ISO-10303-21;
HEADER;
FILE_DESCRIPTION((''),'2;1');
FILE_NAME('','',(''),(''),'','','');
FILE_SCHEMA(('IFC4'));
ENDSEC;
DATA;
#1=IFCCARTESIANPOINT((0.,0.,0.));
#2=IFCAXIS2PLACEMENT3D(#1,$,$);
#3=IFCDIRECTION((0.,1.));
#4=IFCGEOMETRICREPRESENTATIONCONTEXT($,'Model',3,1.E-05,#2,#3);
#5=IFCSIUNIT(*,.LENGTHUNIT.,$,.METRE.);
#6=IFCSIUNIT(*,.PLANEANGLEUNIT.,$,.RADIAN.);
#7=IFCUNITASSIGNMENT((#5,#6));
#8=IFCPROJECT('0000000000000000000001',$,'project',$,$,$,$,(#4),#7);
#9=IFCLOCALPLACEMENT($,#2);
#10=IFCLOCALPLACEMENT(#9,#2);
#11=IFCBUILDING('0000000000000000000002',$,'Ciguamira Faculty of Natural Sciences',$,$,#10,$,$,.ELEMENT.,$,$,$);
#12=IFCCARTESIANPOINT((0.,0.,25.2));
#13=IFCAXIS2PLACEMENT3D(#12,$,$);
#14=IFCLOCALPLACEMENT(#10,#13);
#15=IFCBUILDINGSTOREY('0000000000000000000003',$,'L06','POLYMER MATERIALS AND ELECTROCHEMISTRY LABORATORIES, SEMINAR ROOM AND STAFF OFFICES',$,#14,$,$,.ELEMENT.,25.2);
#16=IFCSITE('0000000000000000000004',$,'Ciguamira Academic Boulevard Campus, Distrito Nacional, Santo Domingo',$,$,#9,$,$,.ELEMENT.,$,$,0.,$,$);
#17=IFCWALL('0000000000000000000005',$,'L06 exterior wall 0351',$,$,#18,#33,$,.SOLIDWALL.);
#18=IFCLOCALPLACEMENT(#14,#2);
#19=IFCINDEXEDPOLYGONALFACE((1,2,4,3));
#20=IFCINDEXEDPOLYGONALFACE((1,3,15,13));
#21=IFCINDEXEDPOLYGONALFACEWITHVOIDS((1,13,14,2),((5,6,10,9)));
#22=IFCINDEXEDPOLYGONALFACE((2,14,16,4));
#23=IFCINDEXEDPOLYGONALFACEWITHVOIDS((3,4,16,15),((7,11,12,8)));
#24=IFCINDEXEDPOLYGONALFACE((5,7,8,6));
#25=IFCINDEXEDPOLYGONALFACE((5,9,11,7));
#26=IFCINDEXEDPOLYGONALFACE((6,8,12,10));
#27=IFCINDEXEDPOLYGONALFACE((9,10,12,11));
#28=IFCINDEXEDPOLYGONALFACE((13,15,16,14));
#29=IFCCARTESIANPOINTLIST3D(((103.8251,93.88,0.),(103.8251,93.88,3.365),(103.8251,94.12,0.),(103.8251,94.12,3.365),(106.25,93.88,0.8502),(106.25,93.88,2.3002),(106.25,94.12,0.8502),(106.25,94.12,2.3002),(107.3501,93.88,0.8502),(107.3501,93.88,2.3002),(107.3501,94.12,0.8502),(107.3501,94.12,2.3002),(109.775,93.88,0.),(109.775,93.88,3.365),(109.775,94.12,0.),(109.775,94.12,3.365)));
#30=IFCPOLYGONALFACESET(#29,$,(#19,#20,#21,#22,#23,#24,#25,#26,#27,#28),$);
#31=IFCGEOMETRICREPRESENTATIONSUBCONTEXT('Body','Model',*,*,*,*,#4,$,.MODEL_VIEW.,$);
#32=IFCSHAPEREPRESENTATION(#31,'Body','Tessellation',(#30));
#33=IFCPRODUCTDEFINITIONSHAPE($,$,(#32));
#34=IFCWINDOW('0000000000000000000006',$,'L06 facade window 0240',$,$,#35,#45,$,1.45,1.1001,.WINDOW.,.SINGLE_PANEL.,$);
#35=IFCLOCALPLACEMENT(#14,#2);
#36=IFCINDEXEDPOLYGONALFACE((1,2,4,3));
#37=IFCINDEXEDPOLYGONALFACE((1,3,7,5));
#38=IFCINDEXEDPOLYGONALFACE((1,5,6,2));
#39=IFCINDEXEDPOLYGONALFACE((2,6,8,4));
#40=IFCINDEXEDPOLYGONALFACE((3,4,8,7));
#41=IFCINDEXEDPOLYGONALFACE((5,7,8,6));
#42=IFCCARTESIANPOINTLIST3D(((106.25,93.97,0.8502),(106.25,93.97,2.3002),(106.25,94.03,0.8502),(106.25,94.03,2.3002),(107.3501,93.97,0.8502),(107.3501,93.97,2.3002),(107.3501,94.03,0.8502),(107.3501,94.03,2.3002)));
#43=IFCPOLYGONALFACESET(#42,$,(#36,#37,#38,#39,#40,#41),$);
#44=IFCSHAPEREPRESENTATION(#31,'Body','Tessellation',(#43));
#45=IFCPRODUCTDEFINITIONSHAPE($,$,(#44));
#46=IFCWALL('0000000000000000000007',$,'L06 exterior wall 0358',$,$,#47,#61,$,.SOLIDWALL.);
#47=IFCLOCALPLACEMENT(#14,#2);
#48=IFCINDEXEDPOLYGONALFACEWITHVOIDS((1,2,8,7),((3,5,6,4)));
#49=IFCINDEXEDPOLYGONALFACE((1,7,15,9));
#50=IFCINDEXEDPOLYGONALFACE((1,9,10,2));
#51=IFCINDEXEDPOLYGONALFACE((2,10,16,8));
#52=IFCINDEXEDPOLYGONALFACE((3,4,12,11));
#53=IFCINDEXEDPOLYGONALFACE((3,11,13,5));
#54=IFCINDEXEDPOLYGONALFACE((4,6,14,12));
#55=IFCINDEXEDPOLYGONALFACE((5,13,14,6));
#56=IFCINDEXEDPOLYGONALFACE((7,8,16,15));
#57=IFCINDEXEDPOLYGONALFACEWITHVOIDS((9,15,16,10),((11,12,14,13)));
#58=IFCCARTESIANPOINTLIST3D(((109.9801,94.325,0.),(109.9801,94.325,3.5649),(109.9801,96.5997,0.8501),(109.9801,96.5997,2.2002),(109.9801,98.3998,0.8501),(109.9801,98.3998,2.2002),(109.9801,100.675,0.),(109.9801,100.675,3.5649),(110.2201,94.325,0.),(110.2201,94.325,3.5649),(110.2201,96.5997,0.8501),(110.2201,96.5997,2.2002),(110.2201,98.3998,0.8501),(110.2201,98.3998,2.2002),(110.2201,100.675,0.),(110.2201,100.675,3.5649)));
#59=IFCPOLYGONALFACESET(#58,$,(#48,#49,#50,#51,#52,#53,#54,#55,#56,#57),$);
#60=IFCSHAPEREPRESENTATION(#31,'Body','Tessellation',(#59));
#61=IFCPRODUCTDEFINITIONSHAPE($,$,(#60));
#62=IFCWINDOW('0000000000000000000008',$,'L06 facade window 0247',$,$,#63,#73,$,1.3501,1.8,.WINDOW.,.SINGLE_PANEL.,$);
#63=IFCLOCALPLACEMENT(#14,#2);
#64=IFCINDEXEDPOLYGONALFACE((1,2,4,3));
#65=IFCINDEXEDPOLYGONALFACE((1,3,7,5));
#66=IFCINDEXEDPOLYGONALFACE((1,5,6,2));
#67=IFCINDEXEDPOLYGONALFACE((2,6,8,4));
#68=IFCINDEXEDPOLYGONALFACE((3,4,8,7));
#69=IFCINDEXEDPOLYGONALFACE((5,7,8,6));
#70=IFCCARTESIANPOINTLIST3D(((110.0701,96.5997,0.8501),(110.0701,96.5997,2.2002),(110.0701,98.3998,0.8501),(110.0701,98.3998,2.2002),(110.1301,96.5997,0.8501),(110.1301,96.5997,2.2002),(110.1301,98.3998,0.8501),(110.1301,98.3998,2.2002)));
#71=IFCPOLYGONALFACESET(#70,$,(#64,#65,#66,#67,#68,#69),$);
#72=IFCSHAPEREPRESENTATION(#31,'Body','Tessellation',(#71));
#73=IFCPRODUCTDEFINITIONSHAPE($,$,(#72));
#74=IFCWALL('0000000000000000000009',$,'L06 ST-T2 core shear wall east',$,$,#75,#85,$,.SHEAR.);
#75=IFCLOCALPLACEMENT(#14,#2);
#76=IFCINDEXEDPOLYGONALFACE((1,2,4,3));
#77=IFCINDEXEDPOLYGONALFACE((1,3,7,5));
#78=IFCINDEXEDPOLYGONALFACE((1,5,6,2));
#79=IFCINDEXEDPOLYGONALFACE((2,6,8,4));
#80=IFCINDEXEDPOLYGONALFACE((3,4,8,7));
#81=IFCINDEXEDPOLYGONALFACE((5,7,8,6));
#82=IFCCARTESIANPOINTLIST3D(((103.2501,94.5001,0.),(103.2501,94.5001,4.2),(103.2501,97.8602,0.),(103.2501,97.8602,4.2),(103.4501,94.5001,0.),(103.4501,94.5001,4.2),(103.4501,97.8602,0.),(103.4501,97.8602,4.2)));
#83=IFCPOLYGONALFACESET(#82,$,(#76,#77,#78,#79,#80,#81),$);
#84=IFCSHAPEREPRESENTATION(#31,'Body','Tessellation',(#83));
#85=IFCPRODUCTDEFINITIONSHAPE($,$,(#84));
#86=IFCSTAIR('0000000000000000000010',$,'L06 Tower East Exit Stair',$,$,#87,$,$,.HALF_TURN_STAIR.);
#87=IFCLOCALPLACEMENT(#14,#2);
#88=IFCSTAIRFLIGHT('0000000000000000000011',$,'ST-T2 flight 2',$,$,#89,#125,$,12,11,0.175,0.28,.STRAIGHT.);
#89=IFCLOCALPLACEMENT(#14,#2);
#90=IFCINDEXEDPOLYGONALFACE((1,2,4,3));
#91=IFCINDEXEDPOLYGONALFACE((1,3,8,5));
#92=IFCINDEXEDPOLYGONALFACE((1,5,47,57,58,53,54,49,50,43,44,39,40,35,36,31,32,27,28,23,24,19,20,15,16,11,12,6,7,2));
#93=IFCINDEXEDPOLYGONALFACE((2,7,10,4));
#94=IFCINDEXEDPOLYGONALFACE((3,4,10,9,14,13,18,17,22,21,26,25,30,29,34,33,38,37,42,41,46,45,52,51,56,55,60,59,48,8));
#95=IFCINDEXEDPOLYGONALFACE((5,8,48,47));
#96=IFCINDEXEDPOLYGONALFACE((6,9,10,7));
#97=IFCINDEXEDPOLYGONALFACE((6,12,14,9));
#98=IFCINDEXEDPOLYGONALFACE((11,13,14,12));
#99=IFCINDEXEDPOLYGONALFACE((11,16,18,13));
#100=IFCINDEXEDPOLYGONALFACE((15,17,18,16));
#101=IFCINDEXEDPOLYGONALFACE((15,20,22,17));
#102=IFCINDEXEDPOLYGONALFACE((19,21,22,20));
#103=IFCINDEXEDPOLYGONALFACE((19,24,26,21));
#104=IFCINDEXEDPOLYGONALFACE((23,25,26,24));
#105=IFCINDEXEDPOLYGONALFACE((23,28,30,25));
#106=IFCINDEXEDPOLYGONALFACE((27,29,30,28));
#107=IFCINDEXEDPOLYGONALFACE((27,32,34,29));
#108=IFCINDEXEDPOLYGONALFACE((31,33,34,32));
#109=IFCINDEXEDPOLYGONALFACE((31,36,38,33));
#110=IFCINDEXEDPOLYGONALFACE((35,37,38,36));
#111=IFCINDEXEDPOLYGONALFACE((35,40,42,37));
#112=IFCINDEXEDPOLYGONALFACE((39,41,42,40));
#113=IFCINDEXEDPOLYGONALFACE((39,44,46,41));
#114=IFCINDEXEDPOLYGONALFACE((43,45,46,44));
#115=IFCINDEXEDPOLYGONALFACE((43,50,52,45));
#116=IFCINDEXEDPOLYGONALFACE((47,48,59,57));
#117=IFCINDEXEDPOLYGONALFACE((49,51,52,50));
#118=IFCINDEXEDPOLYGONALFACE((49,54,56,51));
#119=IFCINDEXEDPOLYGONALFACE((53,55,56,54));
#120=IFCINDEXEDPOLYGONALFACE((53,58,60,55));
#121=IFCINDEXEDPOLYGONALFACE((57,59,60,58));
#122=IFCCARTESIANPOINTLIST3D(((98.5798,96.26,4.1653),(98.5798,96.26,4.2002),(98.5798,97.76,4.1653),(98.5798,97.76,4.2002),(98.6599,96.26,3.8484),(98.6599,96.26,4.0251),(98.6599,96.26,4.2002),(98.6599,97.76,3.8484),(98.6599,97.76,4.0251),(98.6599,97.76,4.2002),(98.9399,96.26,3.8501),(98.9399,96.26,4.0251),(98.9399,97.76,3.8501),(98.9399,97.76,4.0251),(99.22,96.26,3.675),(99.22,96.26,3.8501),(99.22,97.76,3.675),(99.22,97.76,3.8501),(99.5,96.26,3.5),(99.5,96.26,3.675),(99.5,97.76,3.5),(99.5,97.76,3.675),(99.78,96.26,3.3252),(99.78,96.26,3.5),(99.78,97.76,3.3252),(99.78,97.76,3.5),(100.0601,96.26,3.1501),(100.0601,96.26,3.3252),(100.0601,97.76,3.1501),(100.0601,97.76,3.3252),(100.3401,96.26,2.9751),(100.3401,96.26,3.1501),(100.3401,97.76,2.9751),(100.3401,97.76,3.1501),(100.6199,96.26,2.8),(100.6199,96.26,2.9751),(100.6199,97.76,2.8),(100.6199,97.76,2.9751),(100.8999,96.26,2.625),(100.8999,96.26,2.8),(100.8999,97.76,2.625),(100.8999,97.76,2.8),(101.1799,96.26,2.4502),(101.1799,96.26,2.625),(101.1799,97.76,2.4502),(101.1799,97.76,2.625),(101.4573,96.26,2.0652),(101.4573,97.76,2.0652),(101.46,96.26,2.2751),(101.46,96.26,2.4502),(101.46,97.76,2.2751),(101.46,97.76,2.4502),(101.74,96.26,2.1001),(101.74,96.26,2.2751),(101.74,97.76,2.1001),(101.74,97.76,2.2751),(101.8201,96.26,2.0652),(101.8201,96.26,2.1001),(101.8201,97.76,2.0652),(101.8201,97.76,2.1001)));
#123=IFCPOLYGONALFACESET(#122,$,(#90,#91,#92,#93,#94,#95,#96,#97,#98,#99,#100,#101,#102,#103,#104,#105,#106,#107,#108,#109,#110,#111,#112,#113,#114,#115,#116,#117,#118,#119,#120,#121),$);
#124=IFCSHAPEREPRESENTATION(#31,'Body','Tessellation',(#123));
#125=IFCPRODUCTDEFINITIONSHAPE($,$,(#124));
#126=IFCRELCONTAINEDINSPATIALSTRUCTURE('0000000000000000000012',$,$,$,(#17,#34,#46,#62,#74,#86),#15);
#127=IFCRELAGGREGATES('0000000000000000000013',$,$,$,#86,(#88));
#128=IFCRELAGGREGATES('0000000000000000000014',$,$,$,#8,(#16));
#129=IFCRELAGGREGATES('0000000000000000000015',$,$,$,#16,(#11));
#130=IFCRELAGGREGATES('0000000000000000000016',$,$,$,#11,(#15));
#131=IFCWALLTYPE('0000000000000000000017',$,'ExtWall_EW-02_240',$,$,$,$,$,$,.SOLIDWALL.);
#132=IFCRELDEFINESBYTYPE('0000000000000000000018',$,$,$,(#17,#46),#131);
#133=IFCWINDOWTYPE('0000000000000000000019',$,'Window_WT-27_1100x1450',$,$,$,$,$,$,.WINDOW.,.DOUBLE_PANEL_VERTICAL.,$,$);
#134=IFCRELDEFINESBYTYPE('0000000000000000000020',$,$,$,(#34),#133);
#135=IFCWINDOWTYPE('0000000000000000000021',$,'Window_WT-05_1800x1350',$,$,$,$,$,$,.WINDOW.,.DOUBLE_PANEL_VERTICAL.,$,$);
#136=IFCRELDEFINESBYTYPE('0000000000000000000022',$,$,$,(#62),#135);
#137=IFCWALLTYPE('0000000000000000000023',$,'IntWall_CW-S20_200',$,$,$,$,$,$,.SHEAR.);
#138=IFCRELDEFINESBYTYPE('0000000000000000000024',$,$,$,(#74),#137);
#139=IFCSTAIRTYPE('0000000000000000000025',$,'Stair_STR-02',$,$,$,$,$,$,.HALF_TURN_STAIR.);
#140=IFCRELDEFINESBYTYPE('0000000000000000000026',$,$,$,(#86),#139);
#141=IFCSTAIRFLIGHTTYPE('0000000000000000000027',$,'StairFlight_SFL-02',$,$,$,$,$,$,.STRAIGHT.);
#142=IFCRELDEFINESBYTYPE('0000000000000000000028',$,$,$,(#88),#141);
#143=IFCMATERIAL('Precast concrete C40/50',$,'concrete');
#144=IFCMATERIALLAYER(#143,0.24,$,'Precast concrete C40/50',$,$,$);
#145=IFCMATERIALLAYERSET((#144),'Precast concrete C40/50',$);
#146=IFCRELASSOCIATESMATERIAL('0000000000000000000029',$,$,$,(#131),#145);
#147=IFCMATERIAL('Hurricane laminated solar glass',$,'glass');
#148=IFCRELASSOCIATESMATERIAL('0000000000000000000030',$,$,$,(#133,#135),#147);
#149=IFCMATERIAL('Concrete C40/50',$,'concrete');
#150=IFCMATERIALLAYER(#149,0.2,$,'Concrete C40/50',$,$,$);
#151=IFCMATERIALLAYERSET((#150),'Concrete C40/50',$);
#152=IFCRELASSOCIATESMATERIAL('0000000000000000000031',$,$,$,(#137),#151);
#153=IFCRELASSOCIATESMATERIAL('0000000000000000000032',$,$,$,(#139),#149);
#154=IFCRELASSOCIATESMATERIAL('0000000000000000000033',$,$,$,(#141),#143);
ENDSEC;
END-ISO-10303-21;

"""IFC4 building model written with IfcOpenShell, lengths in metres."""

from ifc_helpers import new_model, si_unit, direction, frame, frame_2d, origin, place, context, subcontext, project, spatial, polyline, rectangle, outline, extrude, material, layer, layer_set, type_object, element, fill, aggregate, save


model = new_model("IFC4")

# Units and contexts
model_context = context("Model", 3, precision=1e-05, world=origin(), true_north=direction((0.0, 1.0)))
body_context = subcontext(model_context, "Body", "Model", "MODEL_VIEW")
ifc_project = project(units=[si_unit("LENGTHUNIT", "METRE"), si_unit("PLANEANGLEUNIT", "RADIAN")], contexts=[model_context])

# Site, building, storey
site_placement = place(None, origin())
site = spatial("IfcSite", under=ifc_project, at=site_placement, Name="Ciguamira Academic Boulevard Campus, Distrito Nacional, Santo Domingo", CompositionType="ELEMENT", RefElevation=0.0)
building_placement = place(site_placement, origin())
building = spatial("IfcBuilding", under=site, at=building_placement, Name="Ciguamira Faculty of Natural Sciences", CompositionType="ELEMENT")
storey_placement = place(building_placement, frame((0.0, 0.0, 25.2)))
storey = spatial("IfcBuildingStorey", under=building, at=storey_placement, Name="L06", Description="POLYMER MATERIALS AND ELECTROCHEMISTRY LABORATORIES, SEMINAR ROOM AND STAFF OFFICES", CompositionType="ELEMENT", Elevation=25.2)

# Shared definitions
ifc_material_1 = material(Name="Concrete C40/50", Category="concrete")

# Shared definitions
ifc_material_2 = material(Name="Precast concrete C40/50", Category="concrete")

# Walls, openings, windows
ifc_layer_1 = layer(ifc_material_2, 0.24, Name="Precast concrete C40/50")
ifc_layer_set_1 = layer_set([ifc_layer_1], Name="Precast concrete C40/50")
wall_type_1 = type_object("IfcWallType", Name="ExtWall_EW-02_240", PredefinedType="SOLIDWALL", material=ifc_layer_set_1)
wall_1_placement = place(storey_placement, frame((103.825, 94.0, 0.0), z_axis=(0.0, 0.0, 1.0), x_axis=(1.0, 0.0, 0.0)))
wall_1 = element("IfcWall", 1, at=wall_1_placement, inside=storey, type_object=wall_type_1, Name="L06 exterior wall 0351", PredefinedType="SOLIDWALL", context=body_context, shape_type="SweptSolid", body=[
    extrude(rectangle(XDim=5.95, YDim=0.24, at=frame_2d((2.9751, 0.0))), origin(), (0.0, 0.0, 1.0), 3.365),
])
opening_1_placement = place(wall_1_placement, frame((2.425, 0.0, 0.8501)))
opening_1 = element("IfcOpeningElement", 2, at=opening_1_placement, cuts=wall_1, PredefinedType="OPENING", context=body_context, shape_type="SweptSolid", body=[
    extrude(rectangle(XDim=1.1001, YDim=1.45, at=frame_2d((0.55, 0.7251))), frame((0.0, 0.1299, 0.0), z_axis=(0.0, -1.0, 0.0), x_axis=(1.0, 0.0, 0.0)), (0.0, 0.0, 1.0), 0.26),
])
ifc_material_3 = material(Name="Hurricane laminated solar glass", Category="glass")
window_type_1 = type_object("IfcWindowType", Name="Window_WT-27_1100x1450", PartitioningType="DOUBLE_PANEL_VERTICAL", PredefinedType="WINDOW", material=ifc_material_3)
window_1_placement = place(opening_1_placement, origin())
window_1 = element("IfcWindow", 3, at=window_1_placement, inside=storey, type_object=window_type_1, Name="L06 facade window 0240", OverallHeight=1.45, OverallWidth=1.1001, PartitioningType="SINGLE_PANEL", PredefinedType="WINDOW", context=body_context, shape_type="SweptSolid", body=[
    extrude(rectangle(XDim=1.1001, YDim=1.45, at=frame_2d((0.55, 0.7251))), frame((0.0, 0.03, 0.0), z_axis=(0.0, -1.0, 0.0), x_axis=(1.0, 0.0, 0.0)), (0.0, 0.0, 1.0), 0.0601),
])
fill(opening_1, window_1)
wall_2_placement = place(storey_placement, frame((110.1001, 94.325, 0.0), z_axis=(0.0, 0.0, 1.0), x_axis=(0.0, 1.0, 0.0)))
wall_2 = element("IfcWall", 4, at=wall_2_placement, inside=storey, type_object=wall_type_1, Name="L06 exterior wall 0358", PredefinedType="SOLIDWALL", context=body_context, shape_type="SweptSolid", body=[
    extrude(rectangle(XDim=6.3501, YDim=0.24, at=frame_2d((3.175, 0.0))), origin(), (0.0, 0.0, 1.0), 3.5649),
])
opening_2_placement = place(wall_2_placement, frame((2.2749, 0.0, 0.8501)))
opening_2 = element("IfcOpeningElement", 5, at=opening_2_placement, cuts=wall_2, PredefinedType="OPENING", context=body_context, shape_type="SweptSolid", body=[
    extrude(rectangle(XDim=1.8, YDim=1.3501, at=frame_2d((0.8999, 0.675))), frame((0.0, 0.1299, 0.0), z_axis=(0.0, -1.0, 0.0), x_axis=(1.0, 0.0, 0.0)), (0.0, 0.0, 1.0), 0.26),
])
window_type_2 = type_object("IfcWindowType", Name="Window_WT-05_1800x1350", PartitioningType="DOUBLE_PANEL_VERTICAL", PredefinedType="WINDOW", material=ifc_material_3)
window_2_placement = place(opening_2_placement, origin())
window_2 = element("IfcWindow", 6, at=window_2_placement, inside=storey, type_object=window_type_2, Name="L06 facade window 0247", OverallHeight=1.3501, OverallWidth=1.8, PartitioningType="SINGLE_PANEL", PredefinedType="WINDOW", context=body_context, shape_type="SweptSolid", body=[
    extrude(rectangle(XDim=1.8, YDim=1.3501, at=frame_2d((0.8999, 0.675))), frame((0.0, 0.03, 0.0), z_axis=(0.0, -1.0, 0.0), x_axis=(1.0, 0.0, 0.0)), (0.0, 0.0, 1.0), 0.0601),
])
fill(opening_2, window_2)

# Wall
ifc_layer_2 = layer(ifc_material_1, 0.2, Name="Concrete C40/50")
ifc_layer_set_2 = layer_set([ifc_layer_2], Name="Concrete C40/50")
wall_type_2 = type_object("IfcWallType", Name="IntWall_CW-S20_200", PredefinedType="SHEAR", material=ifc_layer_set_2)
wall_3_placement = place(storey_placement, frame((103.3501, 94.5, 0.0), z_axis=(0.0, 0.0, 1.0), x_axis=(0.0, 1.0, 0.0)))
element("IfcWall", 7, at=wall_3_placement, inside=storey, type_object=wall_type_2, Name="L06 ST-T2 core shear wall east", PredefinedType="SHEAR", context=body_context, shape_type="SweptSolid", body=[
    extrude(rectangle(XDim=3.3601, YDim=0.2, at=frame_2d((1.6802, 0.0))), origin(), (0.0, 0.0, 1.0), 4.2),
])

# Stair, stair flight
stair_type = type_object("IfcStairType", Name="Stair_STR-02", PredefinedType="HALF_TURN_STAIR", material=ifc_material_1)
stair_placement = place(storey_placement, origin())
stair = element("IfcStair", 8, at=stair_placement, inside=storey, type_object=stair_type, Name="L06 Tower East Exit Stair", PredefinedType="HALF_TURN_STAIR")
stair_flight_type = type_object("IfcStairFlightType", Name="StairFlight_SFL-02", PredefinedType="STRAIGHT", material=ifc_material_2)
stair_flight_placement = place(storey_placement, frame((101.74, 97.01, 2.1001), z_axis=(0.0, 0.0, 1.0), x_axis=(-1.0, 0.0, 0.0)))
stair_flight = element("IfcStairFlight", 9, at=stair_flight_placement, type_object=stair_flight_type, Name="ST-T2 flight 2", NumberOfRisers=12, NumberOfTreads=11, PredefinedType="STRAIGHT", RiserHeight=0.175, TreadLength=0.28, context=body_context, shape_type="SweptSolid", body=[
    extrude(outline(polyline([(-0.0801, -0.0349), (-0.0801, 0.0), (0.0, 0.0), (0.0, 0.175), (0.28, 0.175), (0.28, 0.3501), (0.5601, 0.3501), (0.5601, 0.5249), (0.8401, 0.5249), (0.8401, 0.7), (1.1201, 0.7), (1.1201, 0.875), (1.3999, 0.875), (1.3999, 1.05), (1.6799, 1.05), (1.6799, 1.2251), (1.96, 1.2251), (1.96, 1.3999), (2.24, 1.3999), (2.24, 1.575), (2.52, 1.575), (2.52, 1.75), (2.8, 1.75), (2.8, 1.925), (3.0801, 1.925), (3.0801, 2.1001), (3.1602, 2.1001), (3.1602, 2.0652), (3.0801, 1.7483), (0.2827, -0.0349), (-0.0801, -0.0349)])), frame((0.0, 0.75, 0.0), z_axis=(0.0, -1.0, 0.0), x_axis=(1.0, 0.0, 0.0)), (0.0, 0.0, 1.0), 1.5),
])
aggregate(stair, [stair_flight])

save(model, "model.ifc")
